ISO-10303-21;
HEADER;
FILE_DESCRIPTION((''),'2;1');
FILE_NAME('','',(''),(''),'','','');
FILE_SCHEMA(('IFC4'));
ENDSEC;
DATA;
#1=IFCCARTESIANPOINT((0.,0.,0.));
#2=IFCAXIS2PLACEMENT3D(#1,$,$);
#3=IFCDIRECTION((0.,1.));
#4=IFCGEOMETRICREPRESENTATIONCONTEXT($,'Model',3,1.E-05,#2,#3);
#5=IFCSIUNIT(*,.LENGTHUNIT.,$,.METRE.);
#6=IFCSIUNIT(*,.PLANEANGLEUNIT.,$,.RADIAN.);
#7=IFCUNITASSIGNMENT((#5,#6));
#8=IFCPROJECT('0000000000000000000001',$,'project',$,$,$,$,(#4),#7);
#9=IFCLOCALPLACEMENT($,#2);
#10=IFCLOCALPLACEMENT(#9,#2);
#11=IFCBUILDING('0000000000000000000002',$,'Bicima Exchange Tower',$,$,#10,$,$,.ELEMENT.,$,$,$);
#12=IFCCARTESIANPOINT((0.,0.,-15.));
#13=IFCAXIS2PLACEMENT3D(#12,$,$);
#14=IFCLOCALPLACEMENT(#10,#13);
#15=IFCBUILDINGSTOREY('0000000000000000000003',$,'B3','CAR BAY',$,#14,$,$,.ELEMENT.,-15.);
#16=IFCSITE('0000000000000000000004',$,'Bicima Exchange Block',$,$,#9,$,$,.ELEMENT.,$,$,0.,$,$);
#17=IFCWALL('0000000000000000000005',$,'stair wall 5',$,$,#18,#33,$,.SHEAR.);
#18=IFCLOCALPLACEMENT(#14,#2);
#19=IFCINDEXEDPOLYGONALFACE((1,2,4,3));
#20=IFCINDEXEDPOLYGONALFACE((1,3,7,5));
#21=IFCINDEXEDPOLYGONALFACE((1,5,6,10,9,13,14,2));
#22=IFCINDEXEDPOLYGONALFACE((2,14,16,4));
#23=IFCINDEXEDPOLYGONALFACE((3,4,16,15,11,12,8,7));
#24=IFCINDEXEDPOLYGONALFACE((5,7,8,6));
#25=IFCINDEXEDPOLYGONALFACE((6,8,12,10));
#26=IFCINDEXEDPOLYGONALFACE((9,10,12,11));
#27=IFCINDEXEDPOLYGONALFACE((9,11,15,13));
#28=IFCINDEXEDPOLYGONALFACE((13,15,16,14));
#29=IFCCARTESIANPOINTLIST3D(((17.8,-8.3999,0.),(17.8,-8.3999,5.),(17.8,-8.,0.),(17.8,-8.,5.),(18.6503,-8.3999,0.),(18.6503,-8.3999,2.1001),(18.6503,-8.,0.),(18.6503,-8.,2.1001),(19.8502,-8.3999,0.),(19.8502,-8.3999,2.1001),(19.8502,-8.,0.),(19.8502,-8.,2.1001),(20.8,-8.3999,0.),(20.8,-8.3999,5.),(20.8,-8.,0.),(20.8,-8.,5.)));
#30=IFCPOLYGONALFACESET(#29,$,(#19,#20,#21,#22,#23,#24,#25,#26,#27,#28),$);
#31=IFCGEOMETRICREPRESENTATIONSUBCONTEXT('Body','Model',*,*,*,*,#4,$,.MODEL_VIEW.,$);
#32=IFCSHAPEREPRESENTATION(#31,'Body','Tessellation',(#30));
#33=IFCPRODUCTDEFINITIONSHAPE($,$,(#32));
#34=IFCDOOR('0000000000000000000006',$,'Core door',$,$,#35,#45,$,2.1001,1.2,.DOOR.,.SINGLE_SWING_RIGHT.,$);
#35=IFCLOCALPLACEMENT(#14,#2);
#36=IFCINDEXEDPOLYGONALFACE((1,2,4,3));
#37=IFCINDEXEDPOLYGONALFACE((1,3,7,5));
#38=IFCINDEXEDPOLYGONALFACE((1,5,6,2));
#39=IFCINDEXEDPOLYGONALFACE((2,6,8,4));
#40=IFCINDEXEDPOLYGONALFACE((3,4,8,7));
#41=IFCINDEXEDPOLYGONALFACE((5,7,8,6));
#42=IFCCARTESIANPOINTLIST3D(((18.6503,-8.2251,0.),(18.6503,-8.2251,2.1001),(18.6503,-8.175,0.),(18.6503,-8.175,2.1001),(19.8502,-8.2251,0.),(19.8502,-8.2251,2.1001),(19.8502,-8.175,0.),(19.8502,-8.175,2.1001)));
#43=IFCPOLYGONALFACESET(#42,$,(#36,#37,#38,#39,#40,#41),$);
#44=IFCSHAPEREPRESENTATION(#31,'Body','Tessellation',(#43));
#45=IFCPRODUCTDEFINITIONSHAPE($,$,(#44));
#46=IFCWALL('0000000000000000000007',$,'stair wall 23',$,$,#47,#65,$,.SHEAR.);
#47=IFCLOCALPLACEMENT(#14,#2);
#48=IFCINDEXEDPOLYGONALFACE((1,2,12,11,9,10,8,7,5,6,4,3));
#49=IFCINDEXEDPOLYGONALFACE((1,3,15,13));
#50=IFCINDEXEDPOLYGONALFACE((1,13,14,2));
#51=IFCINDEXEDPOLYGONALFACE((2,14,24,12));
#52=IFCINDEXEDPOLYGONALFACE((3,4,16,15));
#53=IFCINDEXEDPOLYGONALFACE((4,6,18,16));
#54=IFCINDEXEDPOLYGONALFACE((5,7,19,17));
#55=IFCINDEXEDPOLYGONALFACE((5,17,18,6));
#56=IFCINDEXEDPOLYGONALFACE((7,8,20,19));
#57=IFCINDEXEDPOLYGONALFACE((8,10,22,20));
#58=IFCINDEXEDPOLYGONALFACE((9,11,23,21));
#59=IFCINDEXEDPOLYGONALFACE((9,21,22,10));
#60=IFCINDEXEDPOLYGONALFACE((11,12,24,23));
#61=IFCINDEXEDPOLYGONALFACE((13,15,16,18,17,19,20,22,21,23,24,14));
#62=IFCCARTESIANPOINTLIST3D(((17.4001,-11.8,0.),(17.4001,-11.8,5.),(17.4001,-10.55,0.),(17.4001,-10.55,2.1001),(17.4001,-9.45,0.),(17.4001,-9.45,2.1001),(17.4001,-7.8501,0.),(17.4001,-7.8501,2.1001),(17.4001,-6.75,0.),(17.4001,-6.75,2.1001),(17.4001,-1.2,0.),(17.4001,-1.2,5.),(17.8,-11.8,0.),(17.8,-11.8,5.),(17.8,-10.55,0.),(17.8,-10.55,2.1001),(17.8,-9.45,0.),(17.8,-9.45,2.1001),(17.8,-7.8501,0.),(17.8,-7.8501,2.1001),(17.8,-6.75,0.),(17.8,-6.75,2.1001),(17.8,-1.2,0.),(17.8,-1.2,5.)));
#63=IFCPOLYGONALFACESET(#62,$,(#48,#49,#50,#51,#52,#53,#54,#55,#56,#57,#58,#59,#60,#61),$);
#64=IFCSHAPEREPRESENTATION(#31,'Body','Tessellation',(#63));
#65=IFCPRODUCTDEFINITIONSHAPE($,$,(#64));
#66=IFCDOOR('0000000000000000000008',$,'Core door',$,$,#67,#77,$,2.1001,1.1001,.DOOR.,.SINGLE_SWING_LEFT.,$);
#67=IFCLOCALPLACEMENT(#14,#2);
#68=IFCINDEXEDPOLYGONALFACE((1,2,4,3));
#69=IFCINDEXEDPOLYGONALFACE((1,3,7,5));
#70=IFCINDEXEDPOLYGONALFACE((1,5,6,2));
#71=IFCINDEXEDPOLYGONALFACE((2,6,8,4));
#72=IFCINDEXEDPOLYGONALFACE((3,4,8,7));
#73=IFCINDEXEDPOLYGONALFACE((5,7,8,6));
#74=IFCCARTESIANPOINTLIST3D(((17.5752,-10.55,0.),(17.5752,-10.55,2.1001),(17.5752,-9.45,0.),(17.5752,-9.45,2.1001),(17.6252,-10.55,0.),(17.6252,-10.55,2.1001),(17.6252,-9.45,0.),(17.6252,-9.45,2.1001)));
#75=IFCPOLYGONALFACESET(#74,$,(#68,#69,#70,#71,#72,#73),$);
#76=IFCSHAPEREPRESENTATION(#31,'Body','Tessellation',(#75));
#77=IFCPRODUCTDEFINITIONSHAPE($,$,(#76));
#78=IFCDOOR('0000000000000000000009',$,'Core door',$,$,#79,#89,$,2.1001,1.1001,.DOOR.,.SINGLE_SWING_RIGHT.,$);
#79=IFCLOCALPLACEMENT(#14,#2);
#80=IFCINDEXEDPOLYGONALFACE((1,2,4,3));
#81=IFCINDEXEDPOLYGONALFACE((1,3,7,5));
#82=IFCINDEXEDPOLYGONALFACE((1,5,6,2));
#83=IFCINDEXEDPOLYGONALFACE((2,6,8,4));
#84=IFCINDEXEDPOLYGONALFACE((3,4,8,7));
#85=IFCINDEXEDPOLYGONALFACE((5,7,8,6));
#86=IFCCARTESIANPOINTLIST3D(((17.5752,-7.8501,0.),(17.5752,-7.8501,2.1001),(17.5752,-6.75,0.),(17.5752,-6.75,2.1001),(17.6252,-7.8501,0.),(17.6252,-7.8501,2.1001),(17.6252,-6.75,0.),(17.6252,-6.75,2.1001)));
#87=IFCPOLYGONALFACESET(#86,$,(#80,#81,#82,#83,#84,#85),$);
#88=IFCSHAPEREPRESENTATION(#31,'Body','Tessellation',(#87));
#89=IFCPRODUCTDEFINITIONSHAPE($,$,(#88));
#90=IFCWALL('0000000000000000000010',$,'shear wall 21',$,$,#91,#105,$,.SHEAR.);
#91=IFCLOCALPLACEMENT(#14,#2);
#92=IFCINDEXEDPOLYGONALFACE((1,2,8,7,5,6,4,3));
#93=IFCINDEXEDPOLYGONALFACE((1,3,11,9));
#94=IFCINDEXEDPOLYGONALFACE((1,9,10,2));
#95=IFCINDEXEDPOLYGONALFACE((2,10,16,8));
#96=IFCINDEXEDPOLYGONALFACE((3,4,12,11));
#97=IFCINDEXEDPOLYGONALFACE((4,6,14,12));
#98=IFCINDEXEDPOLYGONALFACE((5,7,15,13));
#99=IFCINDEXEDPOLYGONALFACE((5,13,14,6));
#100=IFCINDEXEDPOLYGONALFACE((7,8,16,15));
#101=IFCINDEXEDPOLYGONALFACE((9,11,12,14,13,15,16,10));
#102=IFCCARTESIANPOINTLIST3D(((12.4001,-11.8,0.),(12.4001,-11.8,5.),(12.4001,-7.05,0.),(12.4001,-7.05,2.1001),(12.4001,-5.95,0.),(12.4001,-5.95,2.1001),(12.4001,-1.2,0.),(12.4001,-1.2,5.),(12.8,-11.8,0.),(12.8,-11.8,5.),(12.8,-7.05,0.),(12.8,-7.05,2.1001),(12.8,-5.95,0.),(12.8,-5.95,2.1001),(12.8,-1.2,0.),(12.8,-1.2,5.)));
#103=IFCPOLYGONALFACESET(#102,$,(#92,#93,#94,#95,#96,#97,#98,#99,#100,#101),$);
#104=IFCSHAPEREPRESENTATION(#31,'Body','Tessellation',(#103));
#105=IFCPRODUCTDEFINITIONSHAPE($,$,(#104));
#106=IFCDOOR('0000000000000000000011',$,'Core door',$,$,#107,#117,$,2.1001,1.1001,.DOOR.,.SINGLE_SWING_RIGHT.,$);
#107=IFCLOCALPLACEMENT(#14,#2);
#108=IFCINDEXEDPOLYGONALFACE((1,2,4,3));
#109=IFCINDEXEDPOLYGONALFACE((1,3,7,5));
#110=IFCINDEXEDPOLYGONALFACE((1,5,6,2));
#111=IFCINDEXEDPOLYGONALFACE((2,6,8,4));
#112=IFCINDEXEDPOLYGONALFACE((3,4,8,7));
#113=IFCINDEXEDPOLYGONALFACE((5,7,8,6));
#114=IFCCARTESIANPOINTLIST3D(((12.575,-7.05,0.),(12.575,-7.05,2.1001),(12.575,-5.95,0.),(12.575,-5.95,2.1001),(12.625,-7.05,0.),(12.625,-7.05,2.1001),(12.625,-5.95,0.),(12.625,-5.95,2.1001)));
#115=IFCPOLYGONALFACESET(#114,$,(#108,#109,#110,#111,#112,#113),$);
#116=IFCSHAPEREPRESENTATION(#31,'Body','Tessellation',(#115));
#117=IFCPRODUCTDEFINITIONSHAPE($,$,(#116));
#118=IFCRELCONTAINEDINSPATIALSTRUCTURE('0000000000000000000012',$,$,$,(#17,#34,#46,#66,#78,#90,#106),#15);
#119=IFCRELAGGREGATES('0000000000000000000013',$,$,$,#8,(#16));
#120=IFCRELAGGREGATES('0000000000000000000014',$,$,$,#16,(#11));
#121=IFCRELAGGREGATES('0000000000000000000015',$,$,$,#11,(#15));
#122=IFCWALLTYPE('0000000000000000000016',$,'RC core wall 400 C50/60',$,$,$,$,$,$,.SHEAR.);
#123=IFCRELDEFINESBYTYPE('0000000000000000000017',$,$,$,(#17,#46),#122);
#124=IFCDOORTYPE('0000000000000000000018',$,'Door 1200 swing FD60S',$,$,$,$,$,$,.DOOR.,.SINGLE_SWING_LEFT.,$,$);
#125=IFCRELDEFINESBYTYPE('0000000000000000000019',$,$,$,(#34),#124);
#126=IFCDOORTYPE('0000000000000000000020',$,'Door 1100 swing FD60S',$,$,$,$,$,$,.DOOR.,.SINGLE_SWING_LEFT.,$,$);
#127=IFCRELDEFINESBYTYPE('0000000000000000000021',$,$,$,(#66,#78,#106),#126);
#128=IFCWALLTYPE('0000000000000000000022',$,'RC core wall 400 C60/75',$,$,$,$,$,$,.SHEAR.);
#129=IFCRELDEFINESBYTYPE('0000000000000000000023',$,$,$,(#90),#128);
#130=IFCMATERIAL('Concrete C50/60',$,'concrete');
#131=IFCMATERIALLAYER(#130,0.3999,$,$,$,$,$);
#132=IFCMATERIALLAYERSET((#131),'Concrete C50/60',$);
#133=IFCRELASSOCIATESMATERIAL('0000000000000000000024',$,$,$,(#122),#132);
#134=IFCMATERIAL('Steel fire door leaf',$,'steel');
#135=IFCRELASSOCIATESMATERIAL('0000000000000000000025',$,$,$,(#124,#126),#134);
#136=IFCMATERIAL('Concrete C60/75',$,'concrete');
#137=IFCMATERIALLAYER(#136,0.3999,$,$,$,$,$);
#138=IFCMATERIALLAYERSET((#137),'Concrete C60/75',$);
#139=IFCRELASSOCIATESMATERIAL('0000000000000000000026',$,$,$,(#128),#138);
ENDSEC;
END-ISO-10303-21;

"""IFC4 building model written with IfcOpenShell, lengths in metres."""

from ifc_helpers import new_model, si_unit, direction, frame, frame_2d, origin, place, context, subcontext, project, spatial, rectangle, extrude, material, layer, layer_set, type_object, element, fill, save


model = new_model("IFC4")

# Units and contexts
model_context = context("Model", 3, precision=1e-05, world=origin(), true_north=direction((0.0, 1.0)))
body_context = subcontext(model_context, "Body", "Model", "MODEL_VIEW")
ifc_project = project(units=[si_unit("LENGTHUNIT", "METRE"), si_unit("PLANEANGLEUNIT", "RADIAN")], contexts=[model_context])

# Site, building, storey
site_placement = place(None, origin())
site = spatial("IfcSite", under=ifc_project, at=site_placement, Name="Bicima Exchange Block", CompositionType="ELEMENT", RefElevation=0.0)
building_placement = place(site_placement, origin())
building = spatial("IfcBuilding", under=site, at=building_placement, Name="Bicima Exchange Tower", CompositionType="ELEMENT")
storey_placement = place(building_placement, frame((0.0, 0.0, -15.0)))
storey = spatial("IfcBuildingStorey", under=building, at=storey_placement, Name="B3", Description="CAR BAY", CompositionType="ELEMENT", Elevation=-15.0)

# Shared definitions
ifc_material_1 = material(Name="Steel fire door leaf", Category="steel")

# Shared definitions
ifc_material_2 = material(Name="Concrete C50/60", Category="concrete")

# Wall, opening, door
ifc_layer_1 = layer(ifc_material_2, 0.3999)
ifc_layer_set_1 = layer_set([ifc_layer_1], Name="Concrete C50/60")
wall_type_1 = type_object("IfcWallType", Name="RC core wall 400 C50/60", PredefinedType="SHEAR", material=ifc_layer_set_1)
wall_1_placement = place(storey_placement, frame((17.8, -8.2, 0.0), z_axis=(0.0, 0.0, 1.0), x_axis=(1.0, 0.0, 0.0)))
wall_1 = element("IfcWall", 1, at=wall_1_placement, inside=storey, type_object=wall_type_1, Name="stair wall 5", PredefinedType="SHEAR", context=body_context, shape_type="SweptSolid", body=[
    extrude(rectangle(XDim=3.0, YDim=0.3999, at=frame_2d((1.5, 0.0))), origin(), (0.0, 0.0, 1.0), 5.0),
])
opening_1_placement = place(wall_1_placement, frame((0.8501, 0.0, 0.0)))
opening_1 = element("IfcOpeningElement", 2, at=opening_1_placement, cuts=wall_1, PredefinedType="OPENING", context=body_context, shape_type="SweptSolid", body=[
    extrude(rectangle(XDim=1.2, YDim=2.1001, at=frame_2d((0.6001, 1.05))), frame((0.0, 0.2119, 0.0), z_axis=(0.0, -1.0, 0.0), x_axis=(1.0, 0.0, 0.0)), (0.0, 0.0, 1.0), 0.4238),
])
door_type_1 = type_object("IfcDoorType", Name="Door 1200 swing FD60S", OperationType="SINGLE_SWING_LEFT", PredefinedType="DOOR", material=ifc_material_1)
door_1_placement = place(opening_1_placement, origin())
door_1 = element("IfcDoor", 3, at=door_1_placement, inside=storey, type_object=door_type_1, Name="Core door", OperationType="SINGLE_SWING_RIGHT", OverallHeight=2.1001, OverallWidth=1.2, PredefinedType="DOOR", context=body_context, shape_type="SweptSolid", body=[
    extrude(rectangle(XDim=1.2, YDim=2.1001, at=frame_2d((0.6001, 1.05))), frame((0.0, 0.0249, 0.0), z_axis=(0.0, -1.0, 0.0), x_axis=(1.0, 0.0, 0.0)), (0.0, 0.0, 1.0), 0.05),
])
fill(opening_1, door_1)

# Wall, openings, doors
wall_2_placement = place(storey_placement, frame((17.6001, -11.8, 0.0), z_axis=(0.0, 0.0, 1.0), x_axis=(0.0, 1.0, 0.0)))
wall_2 = element("IfcWall", 4, at=wall_2_placement, inside=storey, type_object=wall_type_1, Name="stair wall 23", PredefinedType="SHEAR", context=body_context, shape_type="SweptSolid", body=[
    extrude(rectangle(XDim=10.6001, YDim=0.3999, at=frame_2d((5.3, 0.0))), origin(), (0.0, 0.0, 1.0), 5.0),
])
opening_2_placement = place(wall_2_placement, frame((1.25, 0.0, 0.0)))
opening_2 = element("IfcOpeningElement", 5, at=opening_2_placement, cuts=wall_2, PredefinedType="OPENING", context=body_context, shape_type="SweptSolid", body=[
    extrude(rectangle(XDim=1.1001, YDim=2.1001, at=frame_2d((0.55, 1.05))), frame((0.0, 0.2119, 0.0), z_axis=(0.0, -1.0, 0.0), x_axis=(1.0, 0.0, 0.0)), (0.0, 0.0, 1.0), 0.4238),
])
opening_3_placement = place(wall_2_placement, frame((3.95, 0.0, 0.0)))
opening_3 = element("IfcOpeningElement", 6, at=opening_3_placement, cuts=wall_2, PredefinedType="OPENING", context=body_context, shape_type="SweptSolid", body=[
    extrude(rectangle(XDim=1.1001, YDim=2.1001, at=frame_2d((0.55, 1.05))), frame((0.0, 0.2119, 0.0), z_axis=(0.0, -1.0, 0.0), x_axis=(1.0, 0.0, 0.0)), (0.0, 0.0, 1.0), 0.4238),
])
door_type_2 = type_object("IfcDoorType", Name="Door 1100 swing FD60S", OperationType="SINGLE_SWING_LEFT", PredefinedType="DOOR", material=ifc_material_1)
door_2_placement = place(opening_2_placement, origin())
door_2 = element("IfcDoor", 7, at=door_2_placement, inside=storey, type_object=door_type_2, Name="Core door", OperationType="SINGLE_SWING_LEFT", OverallHeight=2.1001, OverallWidth=1.1001, PredefinedType="DOOR", context=body_context, shape_type="SweptSolid", body=[
    extrude(rectangle(XDim=1.1001, YDim=2.1001, at=frame_2d((0.55, 1.05))), frame((0.0, 0.0249, 0.0), z_axis=(0.0, -1.0, 0.0), x_axis=(1.0, 0.0, 0.0)), (0.0, 0.0, 1.0), 0.05),
])
fill(opening_2, door_2)
door_3_placement = place(opening_3_placement, origin())
door_3 = element("IfcDoor", 8, at=door_3_placement, inside=storey, type_object=door_type_2, Name="Core door", OperationType="SINGLE_SWING_RIGHT", OverallHeight=2.1001, OverallWidth=1.1001, PredefinedType="DOOR", context=body_context, shape_type="SweptSolid", body=[
    extrude(rectangle(XDim=1.1001, YDim=2.1001, at=frame_2d((0.55, 1.05))), frame((0.0, 0.0249, 0.0), z_axis=(0.0, -1.0, 0.0), x_axis=(1.0, 0.0, 0.0)), (0.0, 0.0, 1.0), 0.05),
])
fill(opening_3, door_3)

# Wall, opening, door
ifc_material_3 = material(Name="Concrete C60/75", Category="concrete")
ifc_layer_2 = layer(ifc_material_3, 0.3999)
ifc_layer_set_2 = layer_set([ifc_layer_2], Name="Concrete C60/75")
wall_type_2 = type_object("IfcWallType", Name="RC core wall 400 C60/75", PredefinedType="SHEAR", material=ifc_layer_set_2)
wall_3_placement = place(storey_placement, frame((12.6001, -11.8, 0.0), z_axis=(0.0, 0.0, 1.0), x_axis=(0.0, 1.0, 0.0)))
wall_3 = element("IfcWall", 9, at=wall_3_placement, inside=storey, type_object=wall_type_2, Name="shear wall 21", PredefinedType="SHEAR", context=body_context, shape_type="SweptSolid", body=[
    extrude(rectangle(XDim=10.6001, YDim=0.3999, at=frame_2d((5.3, 0.0))), origin(), (0.0, 0.0, 1.0), 5.0),
])
opening_4_placement = place(wall_3_placement, frame((4.75, 0.0, 0.0)))
opening_4 = element("IfcOpeningElement", 10, at=opening_4_placement, cuts=wall_3, PredefinedType="OPENING", context=body_context, shape_type="SweptSolid", body=[
    extrude(rectangle(XDim=1.1001, YDim=2.1001, at=frame_2d((0.55, 1.05))), frame((0.0, 0.2119, 0.0), z_axis=(0.0, -1.0, 0.0), x_axis=(1.0, 0.0, 0.0)), (0.0, 0.0, 1.0), 0.4238),
])
door_4_placement = place(opening_4_placement, frame((1.1001, 0.0, 0.0), z_axis=(0.0, 0.0, 1.0), x_axis=(-1.0, 0.0, 0.0)))
door_4 = element("IfcDoor", 11, at=door_4_placement, inside=storey, type_object=door_type_2, Name="Core door", OperationType="SINGLE_SWING_RIGHT", OverallHeight=2.1001, OverallWidth=1.1001, PredefinedType="DOOR", context=body_context, shape_type="SweptSolid", body=[
    extrude(rectangle(XDim=1.1001, YDim=2.1001, at=frame_2d((0.55, 1.05))), frame((0.0, 0.0249, 0.0), z_axis=(0.0, -1.0, 0.0), x_axis=(1.0, 0.0, 0.0)), (0.0, 0.0, 1.0), 0.05),
])
fill(opening_4, door_4)

save(model, "model.ifc")
